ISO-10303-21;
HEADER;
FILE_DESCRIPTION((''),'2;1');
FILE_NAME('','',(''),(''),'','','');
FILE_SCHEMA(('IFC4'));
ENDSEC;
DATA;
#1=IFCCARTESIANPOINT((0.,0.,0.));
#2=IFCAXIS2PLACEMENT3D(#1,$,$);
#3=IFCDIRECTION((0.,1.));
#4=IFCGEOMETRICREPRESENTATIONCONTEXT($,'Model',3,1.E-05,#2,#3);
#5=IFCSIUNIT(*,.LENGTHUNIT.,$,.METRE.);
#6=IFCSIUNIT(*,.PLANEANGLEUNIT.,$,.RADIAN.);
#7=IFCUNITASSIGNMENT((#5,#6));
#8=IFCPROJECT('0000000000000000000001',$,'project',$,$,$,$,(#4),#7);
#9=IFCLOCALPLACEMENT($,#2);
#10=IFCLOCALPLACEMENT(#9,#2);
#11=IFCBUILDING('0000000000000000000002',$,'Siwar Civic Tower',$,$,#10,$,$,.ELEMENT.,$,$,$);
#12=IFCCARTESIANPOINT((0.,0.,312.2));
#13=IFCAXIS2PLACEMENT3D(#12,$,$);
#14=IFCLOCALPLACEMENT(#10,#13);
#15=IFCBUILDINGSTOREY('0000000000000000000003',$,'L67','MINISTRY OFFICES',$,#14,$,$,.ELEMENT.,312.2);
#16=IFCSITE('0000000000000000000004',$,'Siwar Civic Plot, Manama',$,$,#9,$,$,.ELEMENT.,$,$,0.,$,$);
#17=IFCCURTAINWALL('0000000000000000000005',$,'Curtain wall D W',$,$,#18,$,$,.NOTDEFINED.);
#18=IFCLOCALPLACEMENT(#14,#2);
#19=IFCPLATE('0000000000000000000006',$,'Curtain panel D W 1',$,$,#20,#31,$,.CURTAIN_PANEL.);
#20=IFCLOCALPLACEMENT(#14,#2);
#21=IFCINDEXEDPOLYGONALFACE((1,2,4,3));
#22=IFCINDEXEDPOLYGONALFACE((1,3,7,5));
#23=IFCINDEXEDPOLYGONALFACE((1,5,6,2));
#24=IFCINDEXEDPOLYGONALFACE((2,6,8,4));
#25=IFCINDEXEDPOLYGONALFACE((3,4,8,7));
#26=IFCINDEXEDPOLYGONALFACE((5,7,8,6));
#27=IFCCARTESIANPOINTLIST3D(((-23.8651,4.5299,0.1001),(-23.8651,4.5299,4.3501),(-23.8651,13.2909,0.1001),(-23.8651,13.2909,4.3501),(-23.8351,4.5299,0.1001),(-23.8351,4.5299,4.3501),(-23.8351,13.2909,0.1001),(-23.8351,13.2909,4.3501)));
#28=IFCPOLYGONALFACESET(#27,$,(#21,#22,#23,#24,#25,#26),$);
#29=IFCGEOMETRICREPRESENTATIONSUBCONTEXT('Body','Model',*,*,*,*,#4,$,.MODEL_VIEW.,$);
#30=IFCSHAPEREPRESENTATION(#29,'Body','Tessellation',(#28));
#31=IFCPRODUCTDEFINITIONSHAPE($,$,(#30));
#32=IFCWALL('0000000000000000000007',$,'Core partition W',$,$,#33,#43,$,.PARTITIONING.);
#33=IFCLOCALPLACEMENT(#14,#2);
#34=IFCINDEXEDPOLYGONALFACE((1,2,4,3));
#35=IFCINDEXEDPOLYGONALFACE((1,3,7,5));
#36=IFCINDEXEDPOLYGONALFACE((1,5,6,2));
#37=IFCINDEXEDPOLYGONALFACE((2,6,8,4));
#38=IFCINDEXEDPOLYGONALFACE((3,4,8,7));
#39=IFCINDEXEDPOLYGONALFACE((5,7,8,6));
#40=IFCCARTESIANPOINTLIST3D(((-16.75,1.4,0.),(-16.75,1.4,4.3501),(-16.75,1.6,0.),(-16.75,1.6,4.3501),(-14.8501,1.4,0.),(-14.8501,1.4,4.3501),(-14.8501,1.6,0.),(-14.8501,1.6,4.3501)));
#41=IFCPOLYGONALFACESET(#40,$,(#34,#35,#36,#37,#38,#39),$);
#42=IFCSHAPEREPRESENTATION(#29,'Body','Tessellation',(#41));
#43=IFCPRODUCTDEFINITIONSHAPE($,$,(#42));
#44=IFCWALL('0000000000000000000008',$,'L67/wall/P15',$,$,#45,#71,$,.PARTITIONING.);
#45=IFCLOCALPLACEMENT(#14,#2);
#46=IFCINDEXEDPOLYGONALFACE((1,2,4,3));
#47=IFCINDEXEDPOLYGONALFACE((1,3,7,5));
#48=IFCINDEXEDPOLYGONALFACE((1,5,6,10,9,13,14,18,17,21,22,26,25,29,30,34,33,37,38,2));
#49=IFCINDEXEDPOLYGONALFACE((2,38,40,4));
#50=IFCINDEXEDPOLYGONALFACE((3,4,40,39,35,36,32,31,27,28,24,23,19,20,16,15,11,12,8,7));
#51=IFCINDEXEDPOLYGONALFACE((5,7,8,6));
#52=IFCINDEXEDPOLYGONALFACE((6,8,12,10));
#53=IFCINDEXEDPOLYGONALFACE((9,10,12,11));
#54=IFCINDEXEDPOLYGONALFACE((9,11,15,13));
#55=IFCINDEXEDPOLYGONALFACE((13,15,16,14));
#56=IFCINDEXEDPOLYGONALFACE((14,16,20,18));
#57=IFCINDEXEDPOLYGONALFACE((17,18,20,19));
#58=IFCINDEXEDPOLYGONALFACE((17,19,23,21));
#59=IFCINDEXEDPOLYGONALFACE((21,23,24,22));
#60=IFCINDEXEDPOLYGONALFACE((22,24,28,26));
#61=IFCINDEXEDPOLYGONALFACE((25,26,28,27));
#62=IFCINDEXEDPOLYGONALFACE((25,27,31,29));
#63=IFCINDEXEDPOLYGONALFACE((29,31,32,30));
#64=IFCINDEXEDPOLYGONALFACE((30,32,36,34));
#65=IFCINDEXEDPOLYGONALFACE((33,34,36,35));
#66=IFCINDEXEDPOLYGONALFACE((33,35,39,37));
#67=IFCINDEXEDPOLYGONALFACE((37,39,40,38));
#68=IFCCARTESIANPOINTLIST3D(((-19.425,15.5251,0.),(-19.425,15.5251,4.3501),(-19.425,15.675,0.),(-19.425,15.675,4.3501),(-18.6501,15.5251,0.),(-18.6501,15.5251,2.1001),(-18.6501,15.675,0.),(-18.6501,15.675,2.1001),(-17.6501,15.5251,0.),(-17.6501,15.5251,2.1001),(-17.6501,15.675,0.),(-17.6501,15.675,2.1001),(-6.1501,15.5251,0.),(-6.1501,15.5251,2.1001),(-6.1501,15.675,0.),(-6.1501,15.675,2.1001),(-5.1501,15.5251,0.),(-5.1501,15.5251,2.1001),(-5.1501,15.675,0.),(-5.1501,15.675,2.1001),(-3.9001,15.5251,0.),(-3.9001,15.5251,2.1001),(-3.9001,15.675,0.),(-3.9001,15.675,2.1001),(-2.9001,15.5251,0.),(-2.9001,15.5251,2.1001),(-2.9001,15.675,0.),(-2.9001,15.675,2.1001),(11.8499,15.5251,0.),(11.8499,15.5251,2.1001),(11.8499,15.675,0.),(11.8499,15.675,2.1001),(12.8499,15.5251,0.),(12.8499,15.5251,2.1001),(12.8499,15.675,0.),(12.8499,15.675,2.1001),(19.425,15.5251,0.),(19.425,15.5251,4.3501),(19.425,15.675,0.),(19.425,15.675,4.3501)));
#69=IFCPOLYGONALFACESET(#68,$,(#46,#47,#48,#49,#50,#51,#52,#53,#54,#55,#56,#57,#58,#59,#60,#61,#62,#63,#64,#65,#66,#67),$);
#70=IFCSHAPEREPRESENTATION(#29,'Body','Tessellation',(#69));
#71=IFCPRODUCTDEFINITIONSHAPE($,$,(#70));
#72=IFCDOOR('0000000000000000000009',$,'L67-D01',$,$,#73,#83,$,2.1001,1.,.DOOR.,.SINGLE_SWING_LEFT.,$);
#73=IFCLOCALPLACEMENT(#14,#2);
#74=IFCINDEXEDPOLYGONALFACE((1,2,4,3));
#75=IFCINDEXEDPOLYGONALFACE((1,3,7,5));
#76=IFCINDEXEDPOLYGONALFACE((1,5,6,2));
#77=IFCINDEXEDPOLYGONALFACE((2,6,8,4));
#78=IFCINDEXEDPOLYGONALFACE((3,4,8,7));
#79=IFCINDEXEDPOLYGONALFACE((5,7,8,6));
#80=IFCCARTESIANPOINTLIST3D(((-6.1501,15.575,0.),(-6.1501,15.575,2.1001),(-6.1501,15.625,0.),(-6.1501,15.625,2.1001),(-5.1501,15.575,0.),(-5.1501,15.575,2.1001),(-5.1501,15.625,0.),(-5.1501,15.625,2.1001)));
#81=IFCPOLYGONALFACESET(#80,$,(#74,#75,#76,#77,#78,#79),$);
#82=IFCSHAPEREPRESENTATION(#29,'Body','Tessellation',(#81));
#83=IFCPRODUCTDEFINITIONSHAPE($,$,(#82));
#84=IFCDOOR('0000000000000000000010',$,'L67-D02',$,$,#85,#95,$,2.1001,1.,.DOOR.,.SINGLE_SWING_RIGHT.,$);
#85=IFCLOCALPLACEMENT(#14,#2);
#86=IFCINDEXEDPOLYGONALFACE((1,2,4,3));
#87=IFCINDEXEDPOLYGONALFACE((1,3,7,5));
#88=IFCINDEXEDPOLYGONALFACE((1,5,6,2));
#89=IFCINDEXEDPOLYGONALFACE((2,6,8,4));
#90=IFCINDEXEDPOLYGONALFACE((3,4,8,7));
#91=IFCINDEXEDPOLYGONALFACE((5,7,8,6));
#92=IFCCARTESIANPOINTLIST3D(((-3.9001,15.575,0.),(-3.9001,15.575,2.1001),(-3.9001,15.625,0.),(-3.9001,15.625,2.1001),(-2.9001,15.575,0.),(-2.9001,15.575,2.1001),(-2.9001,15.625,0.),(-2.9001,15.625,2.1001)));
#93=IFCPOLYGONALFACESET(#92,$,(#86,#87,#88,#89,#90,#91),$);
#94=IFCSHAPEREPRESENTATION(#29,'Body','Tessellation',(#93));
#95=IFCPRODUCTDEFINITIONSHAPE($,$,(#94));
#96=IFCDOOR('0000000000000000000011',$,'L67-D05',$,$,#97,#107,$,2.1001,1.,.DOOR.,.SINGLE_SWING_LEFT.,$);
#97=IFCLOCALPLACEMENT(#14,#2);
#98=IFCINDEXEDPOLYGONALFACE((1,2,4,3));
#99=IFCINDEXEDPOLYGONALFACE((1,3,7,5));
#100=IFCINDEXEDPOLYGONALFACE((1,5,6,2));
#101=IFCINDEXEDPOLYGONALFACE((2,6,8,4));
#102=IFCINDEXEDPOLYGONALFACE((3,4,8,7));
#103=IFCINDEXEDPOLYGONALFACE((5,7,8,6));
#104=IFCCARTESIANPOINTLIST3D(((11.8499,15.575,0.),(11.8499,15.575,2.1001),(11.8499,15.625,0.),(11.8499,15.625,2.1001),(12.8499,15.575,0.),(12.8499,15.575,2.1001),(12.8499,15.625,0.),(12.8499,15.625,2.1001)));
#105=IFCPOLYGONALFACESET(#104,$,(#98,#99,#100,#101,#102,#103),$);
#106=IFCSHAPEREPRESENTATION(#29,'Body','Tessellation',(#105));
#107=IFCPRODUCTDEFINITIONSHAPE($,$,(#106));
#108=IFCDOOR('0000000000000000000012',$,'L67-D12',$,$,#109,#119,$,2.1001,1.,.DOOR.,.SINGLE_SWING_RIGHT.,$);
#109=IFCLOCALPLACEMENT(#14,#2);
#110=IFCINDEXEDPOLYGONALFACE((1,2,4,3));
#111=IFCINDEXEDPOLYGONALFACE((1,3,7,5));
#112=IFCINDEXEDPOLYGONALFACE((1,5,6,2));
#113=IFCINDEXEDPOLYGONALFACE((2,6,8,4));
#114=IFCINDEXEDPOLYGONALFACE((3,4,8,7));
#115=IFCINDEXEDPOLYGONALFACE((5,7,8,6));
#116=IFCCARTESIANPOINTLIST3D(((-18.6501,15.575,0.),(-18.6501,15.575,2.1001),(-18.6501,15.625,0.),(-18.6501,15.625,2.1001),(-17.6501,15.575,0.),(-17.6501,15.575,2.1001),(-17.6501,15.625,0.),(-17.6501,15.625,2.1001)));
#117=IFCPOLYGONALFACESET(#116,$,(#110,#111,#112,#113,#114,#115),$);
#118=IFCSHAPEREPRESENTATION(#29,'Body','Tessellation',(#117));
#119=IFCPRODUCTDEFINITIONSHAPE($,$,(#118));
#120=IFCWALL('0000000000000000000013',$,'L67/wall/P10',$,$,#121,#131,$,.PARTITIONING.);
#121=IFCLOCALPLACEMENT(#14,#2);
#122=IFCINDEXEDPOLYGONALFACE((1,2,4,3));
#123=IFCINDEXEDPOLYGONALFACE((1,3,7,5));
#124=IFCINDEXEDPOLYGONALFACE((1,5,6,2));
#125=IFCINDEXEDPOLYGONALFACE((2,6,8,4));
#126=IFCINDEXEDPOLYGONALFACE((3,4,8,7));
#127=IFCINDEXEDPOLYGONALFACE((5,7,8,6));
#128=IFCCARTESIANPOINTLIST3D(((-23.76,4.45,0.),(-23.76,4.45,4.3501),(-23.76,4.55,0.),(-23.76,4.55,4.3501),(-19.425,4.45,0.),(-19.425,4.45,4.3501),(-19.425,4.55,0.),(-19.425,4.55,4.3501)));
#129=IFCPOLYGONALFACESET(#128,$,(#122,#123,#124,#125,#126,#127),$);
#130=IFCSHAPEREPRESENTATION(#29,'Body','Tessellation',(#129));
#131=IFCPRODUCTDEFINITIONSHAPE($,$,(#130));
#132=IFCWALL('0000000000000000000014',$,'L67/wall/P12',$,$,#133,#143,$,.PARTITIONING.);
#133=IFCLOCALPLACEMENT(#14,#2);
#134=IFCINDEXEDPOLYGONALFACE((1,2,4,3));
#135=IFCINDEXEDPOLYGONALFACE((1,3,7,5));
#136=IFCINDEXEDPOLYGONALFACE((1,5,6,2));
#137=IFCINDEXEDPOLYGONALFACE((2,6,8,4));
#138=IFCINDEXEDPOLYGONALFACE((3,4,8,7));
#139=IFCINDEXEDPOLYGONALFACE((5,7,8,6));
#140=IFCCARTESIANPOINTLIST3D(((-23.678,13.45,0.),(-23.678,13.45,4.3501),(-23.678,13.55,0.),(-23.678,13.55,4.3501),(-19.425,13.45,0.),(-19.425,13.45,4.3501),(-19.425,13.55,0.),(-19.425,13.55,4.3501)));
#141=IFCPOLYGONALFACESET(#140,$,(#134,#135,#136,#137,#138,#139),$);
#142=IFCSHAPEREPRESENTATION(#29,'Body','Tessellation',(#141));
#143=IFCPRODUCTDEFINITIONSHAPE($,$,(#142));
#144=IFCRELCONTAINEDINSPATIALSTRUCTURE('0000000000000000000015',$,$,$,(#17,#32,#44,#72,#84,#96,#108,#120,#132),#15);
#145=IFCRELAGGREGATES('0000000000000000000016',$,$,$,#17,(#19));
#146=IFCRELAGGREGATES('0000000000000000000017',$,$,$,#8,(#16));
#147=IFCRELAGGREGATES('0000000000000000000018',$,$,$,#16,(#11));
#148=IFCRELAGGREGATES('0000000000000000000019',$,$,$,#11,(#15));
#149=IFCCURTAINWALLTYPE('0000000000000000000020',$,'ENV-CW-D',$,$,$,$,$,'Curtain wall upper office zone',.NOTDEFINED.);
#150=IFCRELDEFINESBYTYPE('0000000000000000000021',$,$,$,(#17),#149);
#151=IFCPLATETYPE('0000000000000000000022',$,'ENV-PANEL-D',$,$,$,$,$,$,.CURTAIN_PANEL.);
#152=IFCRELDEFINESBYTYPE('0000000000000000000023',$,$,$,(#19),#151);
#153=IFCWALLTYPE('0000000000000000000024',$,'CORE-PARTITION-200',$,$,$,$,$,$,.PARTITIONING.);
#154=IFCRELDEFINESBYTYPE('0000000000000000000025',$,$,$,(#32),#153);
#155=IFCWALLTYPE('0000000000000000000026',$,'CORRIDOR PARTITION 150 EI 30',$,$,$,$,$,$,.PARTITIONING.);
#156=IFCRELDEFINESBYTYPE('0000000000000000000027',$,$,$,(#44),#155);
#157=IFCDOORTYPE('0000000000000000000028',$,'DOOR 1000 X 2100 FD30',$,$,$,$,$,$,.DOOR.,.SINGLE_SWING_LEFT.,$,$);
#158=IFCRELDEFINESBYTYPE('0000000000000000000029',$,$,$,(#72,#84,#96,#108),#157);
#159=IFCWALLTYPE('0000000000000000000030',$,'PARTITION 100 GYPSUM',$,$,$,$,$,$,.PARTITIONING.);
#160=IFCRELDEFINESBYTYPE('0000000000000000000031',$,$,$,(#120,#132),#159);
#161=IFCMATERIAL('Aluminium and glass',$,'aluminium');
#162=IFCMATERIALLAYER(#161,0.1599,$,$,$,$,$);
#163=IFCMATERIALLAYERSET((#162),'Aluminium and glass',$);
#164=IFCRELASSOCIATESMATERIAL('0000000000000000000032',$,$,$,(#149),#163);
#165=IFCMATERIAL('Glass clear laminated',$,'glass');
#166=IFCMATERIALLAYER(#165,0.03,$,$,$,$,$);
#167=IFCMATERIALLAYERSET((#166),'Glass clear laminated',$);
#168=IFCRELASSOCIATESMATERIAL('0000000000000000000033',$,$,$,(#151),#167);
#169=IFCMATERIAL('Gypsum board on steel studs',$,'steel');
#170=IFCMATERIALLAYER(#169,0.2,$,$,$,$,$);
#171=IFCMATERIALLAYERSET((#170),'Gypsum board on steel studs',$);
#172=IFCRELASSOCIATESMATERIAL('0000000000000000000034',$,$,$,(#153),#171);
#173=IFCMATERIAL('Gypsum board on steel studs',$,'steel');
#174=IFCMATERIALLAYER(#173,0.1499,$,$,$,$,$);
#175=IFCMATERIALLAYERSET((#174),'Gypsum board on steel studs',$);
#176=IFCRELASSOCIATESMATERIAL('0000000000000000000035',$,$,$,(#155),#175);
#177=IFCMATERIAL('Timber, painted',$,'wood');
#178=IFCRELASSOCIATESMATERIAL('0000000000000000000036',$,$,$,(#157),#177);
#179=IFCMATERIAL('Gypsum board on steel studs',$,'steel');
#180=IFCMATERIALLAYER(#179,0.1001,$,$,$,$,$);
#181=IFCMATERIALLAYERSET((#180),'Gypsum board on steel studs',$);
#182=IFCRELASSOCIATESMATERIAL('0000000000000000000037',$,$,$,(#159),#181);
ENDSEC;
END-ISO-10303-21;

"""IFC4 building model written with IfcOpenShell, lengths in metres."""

from ifc_helpers import new_model, si_unit, direction, frame, frame_2d, origin, origin_2d, place, context, subcontext, project, spatial, rectangle, extrude, material, layer, layer_set, type_object, element, fill, aggregate, save


model = new_model("IFC4")

# Units and contexts
model_context = context("Model", 3, precision=1e-05, world=origin(), true_north=direction((0.0, 1.0)))
body_context = subcontext(model_context, "Body", "Model", "MODEL_VIEW")
ifc_project = project(units=[si_unit("LENGTHUNIT", "METRE"), si_unit("PLANEANGLEUNIT", "RADIAN")], contexts=[model_context])

# Site, building, storey
site_placement = place(None, origin())
site = spatial("IfcSite", under=ifc_project, at=site_placement, Name="Siwar Civic Plot, Manama", CompositionType="ELEMENT", RefElevation=0.0)
building_placement = place(site_placement, origin())
building = spatial("IfcBuilding", under=site, at=building_placement, Name="Siwar Civic Tower", CompositionType="ELEMENT")
storey_placement = place(building_placement, frame((0.0, 0.0, 312.2)))
storey = spatial("IfcBuildingStorey", under=building, at=storey_placement, Name="L67", Description="MINISTRY OFFICES", CompositionType="ELEMENT", Elevation=312.2)

# Curtain wall
ifc_material_1 = material(Name="Aluminium and glass", Category="aluminium")
ifc_layer_1 = layer(ifc_material_1, 0.1599)
ifc_layer_set_1 = layer_set([ifc_layer_1], Name="Aluminium and glass")
curtain_wall_type = type_object("IfcCurtainWallType", Name="ENV-CW-D", ElementType="Curtain wall upper office zone", PredefinedType="NOTDEFINED", material=ifc_layer_set_1)
curtain_wall_placement = place(storey_placement, origin())
curtain_wall = element("IfcCurtainWall", 1, at=curtain_wall_placement, inside=storey, type_object=curtain_wall_type, Name="Curtain wall D W", PredefinedType="NOTDEFINED")

# Plate
ifc_material_2 = material(Name="Glass clear laminated", Category="glass")
ifc_layer_2 = layer(ifc_material_2, 0.03)
ifc_layer_set_2 = layer_set([ifc_layer_2], Name="Glass clear laminated")
plate_type = type_object("IfcPlateType", Name="ENV-PANEL-D", PredefinedType="CURTAIN_PANEL", material=ifc_layer_set_2)
plate_placement = place(storey_placement, frame((-23.8501, 8.9104, 0.1001), z_axis=(0.0, 0.0, 1.0), x_axis=(0.0, -1.0, 0.0)))
plate = element("IfcPlate", 2, at=plate_placement, type_object=plate_type, Name="Curtain panel D W 1", PredefinedType="CURTAIN_PANEL", context=body_context, shape_type="SweptSolid", body=[
    extrude(rectangle(XDim=8.761, YDim=0.03, at=origin_2d()), origin(), (0.0, 0.0, 1.0), 4.25),
])
aggregate(curtain_wall, [plate])

# Wall
ifc_material_3 = material(Name="Gypsum board on steel studs", Category="steel")
ifc_layer_3 = layer(ifc_material_3, 0.2)
ifc_layer_set_3 = layer_set([ifc_layer_3], Name="Gypsum board on steel studs")
wall_type_1 = type_object("IfcWallType", Name="CORE-PARTITION-200", PredefinedType="PARTITIONING", material=ifc_layer_set_3)
wall_1_placement = place(storey_placement, frame((-14.8501, 1.5, 0.0), z_axis=(0.0, 0.0, 1.0), x_axis=(-1.0, 0.0, 0.0)))
element("IfcWall", 3, at=wall_1_placement, inside=storey, type_object=wall_type_1, Name="Core partition W", PredefinedType="PARTITIONING", context=body_context, shape_type="SweptSolid", body=[
    extrude(rectangle(XDim=1.8999, YDim=0.2, at=frame_2d((0.95, 0.0))), origin(), (0.0, 0.0, 1.0), 4.3501),
])

# Wall, openings, doors
ifc_material_4 = material(Name="Gypsum board on steel studs", Category="steel")
ifc_layer_4 = layer(ifc_material_4, 0.1499)
ifc_layer_set_4 = layer_set([ifc_layer_4], Name="Gypsum board on steel studs")
wall_type_2 = type_object("IfcWallType", Name="CORRIDOR PARTITION 150 EI 30", PredefinedType="PARTITIONING", material=ifc_layer_set_4)
wall_2_placement = place(storey_placement, frame((-19.425, 15.6001, 0.0), z_axis=(0.0, 0.0, 1.0), x_axis=(1.0, 0.0, 0.0)))
wall_2 = element("IfcWall", 4, at=wall_2_placement, inside=storey, type_object=wall_type_2, Name="L67/wall/P15", PredefinedType="PARTITIONING", context=body_context, shape_type="SweptSolid", body=[
    extrude(rectangle(XDim=38.8501, YDim=0.1499, at=frame_2d((19.425, 0.0))), origin(), (0.0, 0.0, 1.0), 4.3501),
])
opening_1_placement = place(wall_2_placement, frame((13.2749, 0.0, 0.0)))
opening_1 = element("IfcOpeningElement", 5, at=opening_1_placement, cuts=wall_2, PredefinedType="OPENING", context=body_context, shape_type="SweptSolid", body=[
    extrude(rectangle(XDim=1.0, YDim=2.1001, at=frame_2d((0.5, 1.05))), frame((0.0, 0.085, 0.0), z_axis=(0.0, -1.0, 0.0), x_axis=(1.0, 0.0, 0.0)), (0.0, 0.0, 1.0), 0.1699),
])
opening_2_placement = place(wall_2_placement, frame((15.5249, 0.0, 0.0)))
opening_2 = element("IfcOpeningElement", 6, at=opening_2_placement, cuts=wall_2, PredefinedType="OPENING", context=body_context, shape_type="SweptSolid", body=[
    extrude(rectangle(XDim=1.0, YDim=2.1001, at=frame_2d((0.5, 1.05))), frame((0.0, 0.085, 0.0), z_axis=(0.0, -1.0, 0.0), x_axis=(1.0, 0.0, 0.0)), (0.0, 0.0, 1.0), 0.1699),
])
opening_3_placement = place(wall_2_placement, frame((31.2749, 0.0, 0.0)))
opening_3 = element("IfcOpeningElement", 7, at=opening_3_placement, cuts=wall_2, PredefinedType="OPENING", context=body_context, shape_type="SweptSolid", body=[
    extrude(rectangle(XDim=1.0, YDim=2.1001, at=frame_2d((0.5, 1.05))), frame((0.0, 0.085, 0.0), z_axis=(0.0, -1.0, 0.0), x_axis=(1.0, 0.0, 0.0)), (0.0, 0.0, 1.0), 0.1699),
])
opening_4_placement = place(wall_2_placement, frame((0.7749, 0.0, 0.0)))
opening_4 = element("IfcOpeningElement", 8, at=opening_4_placement, cuts=wall_2, PredefinedType="OPENING", context=body_context, shape_type="SweptSolid", body=[
    extrude(rectangle(XDim=1.0, YDim=2.1001, at=frame_2d((0.5, 1.05))), frame((0.0, 0.085, 0.0), z_axis=(0.0, -1.0, 0.0), x_axis=(1.0, 0.0, 0.0)), (0.0, 0.0, 1.0), 0.1699),
])
ifc_material_5 = material(Name="Timber, painted", Category="wood")
door_type = type_object("IfcDoorType", Name="DOOR 1000 X 2100 FD30", OperationType="SINGLE_SWING_LEFT", PredefinedType="DOOR", material=ifc_material_5)
door_1_placement = place(opening_1_placement, origin())
door_1 = element("IfcDoor", 9, at=door_1_placement, inside=storey, type_object=door_type, Name="L67-D01", OperationType="SINGLE_SWING_LEFT", OverallHeight=2.1001, OverallWidth=1.0, PredefinedType="DOOR", context=body_context, shape_type="SweptSolid", body=[
    extrude(rectangle(XDim=1.0, YDim=2.1001, at=frame_2d((0.5, 1.05))), frame((0.0, 0.0249, 0.0), z_axis=(0.0, -1.0, 0.0), x_axis=(1.0, 0.0, 0.0)), (0.0, 0.0, 1.0), 0.05),
])
fill(opening_1, door_1)
door_2_placement = place(opening_2_placement, origin())
door_2 = element("IfcDoor", 10, at=door_2_placement, inside=storey, type_object=door_type, Name="L67-D02", OperationType="SINGLE_SWING_RIGHT", OverallHeight=2.1001, OverallWidth=1.0, PredefinedType="DOOR", context=body_context, shape_type="SweptSolid", body=[
    extrude(rectangle(XDim=1.0, YDim=2.1001, at=frame_2d((0.5, 1.05))), frame((0.0, 0.0249, 0.0), z_axis=(0.0, -1.0, 0.0), x_axis=(1.0, 0.0, 0.0)), (0.0, 0.0, 1.0), 0.05),
])
fill(opening_2, door_2)
door_3_placement = place(opening_3_placement, origin())
door_3 = element("IfcDoor", 11, at=door_3_placement, inside=storey, type_object=door_type, Name="L67-D05", OperationType="SINGLE_SWING_LEFT", OverallHeight=2.1001, OverallWidth=1.0, PredefinedType="DOOR", context=body_context, shape_type="SweptSolid", body=[
    extrude(rectangle(XDim=1.0, YDim=2.1001, at=frame_2d((0.5, 1.05))), frame((0.0, 0.0249, 0.0), z_axis=(0.0, -1.0, 0.0), x_axis=(1.0, 0.0, 0.0)), (0.0, 0.0, 1.0), 0.05),
])
fill(opening_3, door_3)
door_4_placement = place(opening_4_placement, origin())
door_4 = element("IfcDoor", 12, at=door_4_placement, inside=storey, type_object=door_type, Name="L67-D12", OperationType="SINGLE_SWING_RIGHT", OverallHeight=2.1001, OverallWidth=1.0, PredefinedType="DOOR", context=body_context, shape_type="SweptSolid", body=[
    extrude(rectangle(XDim=1.0, YDim=2.1001, at=frame_2d((0.5, 1.05))), frame((0.0, 0.0249, 0.0), z_axis=(0.0, -1.0, 0.0), x_axis=(1.0, 0.0, 0.0)), (0.0, 0.0, 1.0), 0.05),
])
fill(opening_4, door_4)

# Walls
ifc_material_6 = material(Name="Gypsum board on steel studs", Category="steel")
ifc_layer_5 = layer(ifc_material_6, 0.1001)
ifc_layer_set_5 = layer_set([ifc_layer_5], Name="Gypsum board on steel studs")
wall_type_3 = type_object("IfcWallType", Name="PARTITION 100 GYPSUM", PredefinedType="PARTITIONING", material=ifc_layer_set_5)
wall_3_placement = place(storey_placement, frame((-23.76, 4.5, 0.0), z_axis=(0.0, 0.0, 1.0), x_axis=(1.0, 0.0, 0.0)))
element("IfcWall", 13, at=wall_3_placement, inside=storey, type_object=wall_type_3, Name="L67/wall/P10", PredefinedType="PARTITIONING", context=body_context, shape_type="SweptSolid", body=[
    extrude(rectangle(XDim=4.335, YDim=0.1001, at=frame_2d((2.1675, 0.0))), origin(), (0.0, 0.0, 1.0), 4.3501),
])
wall_4_placement = place(storey_placement, frame((-23.678, 13.5, 0.0), z_axis=(0.0, 0.0, 1.0), x_axis=(1.0, 0.0, 0.0)))
element("IfcWall", 14, at=wall_4_placement, inside=storey, type_object=wall_type_3, Name="L67/wall/P12", PredefinedType="PARTITIONING", context=body_context, shape_type="SweptSolid", body=[
    extrude(rectangle(XDim=4.2529, YDim=0.1001, at=frame_2d((2.1265, 0.0))), origin(), (0.0, 0.0, 1.0), 4.3501),
])

save(model, "model.ifc")
